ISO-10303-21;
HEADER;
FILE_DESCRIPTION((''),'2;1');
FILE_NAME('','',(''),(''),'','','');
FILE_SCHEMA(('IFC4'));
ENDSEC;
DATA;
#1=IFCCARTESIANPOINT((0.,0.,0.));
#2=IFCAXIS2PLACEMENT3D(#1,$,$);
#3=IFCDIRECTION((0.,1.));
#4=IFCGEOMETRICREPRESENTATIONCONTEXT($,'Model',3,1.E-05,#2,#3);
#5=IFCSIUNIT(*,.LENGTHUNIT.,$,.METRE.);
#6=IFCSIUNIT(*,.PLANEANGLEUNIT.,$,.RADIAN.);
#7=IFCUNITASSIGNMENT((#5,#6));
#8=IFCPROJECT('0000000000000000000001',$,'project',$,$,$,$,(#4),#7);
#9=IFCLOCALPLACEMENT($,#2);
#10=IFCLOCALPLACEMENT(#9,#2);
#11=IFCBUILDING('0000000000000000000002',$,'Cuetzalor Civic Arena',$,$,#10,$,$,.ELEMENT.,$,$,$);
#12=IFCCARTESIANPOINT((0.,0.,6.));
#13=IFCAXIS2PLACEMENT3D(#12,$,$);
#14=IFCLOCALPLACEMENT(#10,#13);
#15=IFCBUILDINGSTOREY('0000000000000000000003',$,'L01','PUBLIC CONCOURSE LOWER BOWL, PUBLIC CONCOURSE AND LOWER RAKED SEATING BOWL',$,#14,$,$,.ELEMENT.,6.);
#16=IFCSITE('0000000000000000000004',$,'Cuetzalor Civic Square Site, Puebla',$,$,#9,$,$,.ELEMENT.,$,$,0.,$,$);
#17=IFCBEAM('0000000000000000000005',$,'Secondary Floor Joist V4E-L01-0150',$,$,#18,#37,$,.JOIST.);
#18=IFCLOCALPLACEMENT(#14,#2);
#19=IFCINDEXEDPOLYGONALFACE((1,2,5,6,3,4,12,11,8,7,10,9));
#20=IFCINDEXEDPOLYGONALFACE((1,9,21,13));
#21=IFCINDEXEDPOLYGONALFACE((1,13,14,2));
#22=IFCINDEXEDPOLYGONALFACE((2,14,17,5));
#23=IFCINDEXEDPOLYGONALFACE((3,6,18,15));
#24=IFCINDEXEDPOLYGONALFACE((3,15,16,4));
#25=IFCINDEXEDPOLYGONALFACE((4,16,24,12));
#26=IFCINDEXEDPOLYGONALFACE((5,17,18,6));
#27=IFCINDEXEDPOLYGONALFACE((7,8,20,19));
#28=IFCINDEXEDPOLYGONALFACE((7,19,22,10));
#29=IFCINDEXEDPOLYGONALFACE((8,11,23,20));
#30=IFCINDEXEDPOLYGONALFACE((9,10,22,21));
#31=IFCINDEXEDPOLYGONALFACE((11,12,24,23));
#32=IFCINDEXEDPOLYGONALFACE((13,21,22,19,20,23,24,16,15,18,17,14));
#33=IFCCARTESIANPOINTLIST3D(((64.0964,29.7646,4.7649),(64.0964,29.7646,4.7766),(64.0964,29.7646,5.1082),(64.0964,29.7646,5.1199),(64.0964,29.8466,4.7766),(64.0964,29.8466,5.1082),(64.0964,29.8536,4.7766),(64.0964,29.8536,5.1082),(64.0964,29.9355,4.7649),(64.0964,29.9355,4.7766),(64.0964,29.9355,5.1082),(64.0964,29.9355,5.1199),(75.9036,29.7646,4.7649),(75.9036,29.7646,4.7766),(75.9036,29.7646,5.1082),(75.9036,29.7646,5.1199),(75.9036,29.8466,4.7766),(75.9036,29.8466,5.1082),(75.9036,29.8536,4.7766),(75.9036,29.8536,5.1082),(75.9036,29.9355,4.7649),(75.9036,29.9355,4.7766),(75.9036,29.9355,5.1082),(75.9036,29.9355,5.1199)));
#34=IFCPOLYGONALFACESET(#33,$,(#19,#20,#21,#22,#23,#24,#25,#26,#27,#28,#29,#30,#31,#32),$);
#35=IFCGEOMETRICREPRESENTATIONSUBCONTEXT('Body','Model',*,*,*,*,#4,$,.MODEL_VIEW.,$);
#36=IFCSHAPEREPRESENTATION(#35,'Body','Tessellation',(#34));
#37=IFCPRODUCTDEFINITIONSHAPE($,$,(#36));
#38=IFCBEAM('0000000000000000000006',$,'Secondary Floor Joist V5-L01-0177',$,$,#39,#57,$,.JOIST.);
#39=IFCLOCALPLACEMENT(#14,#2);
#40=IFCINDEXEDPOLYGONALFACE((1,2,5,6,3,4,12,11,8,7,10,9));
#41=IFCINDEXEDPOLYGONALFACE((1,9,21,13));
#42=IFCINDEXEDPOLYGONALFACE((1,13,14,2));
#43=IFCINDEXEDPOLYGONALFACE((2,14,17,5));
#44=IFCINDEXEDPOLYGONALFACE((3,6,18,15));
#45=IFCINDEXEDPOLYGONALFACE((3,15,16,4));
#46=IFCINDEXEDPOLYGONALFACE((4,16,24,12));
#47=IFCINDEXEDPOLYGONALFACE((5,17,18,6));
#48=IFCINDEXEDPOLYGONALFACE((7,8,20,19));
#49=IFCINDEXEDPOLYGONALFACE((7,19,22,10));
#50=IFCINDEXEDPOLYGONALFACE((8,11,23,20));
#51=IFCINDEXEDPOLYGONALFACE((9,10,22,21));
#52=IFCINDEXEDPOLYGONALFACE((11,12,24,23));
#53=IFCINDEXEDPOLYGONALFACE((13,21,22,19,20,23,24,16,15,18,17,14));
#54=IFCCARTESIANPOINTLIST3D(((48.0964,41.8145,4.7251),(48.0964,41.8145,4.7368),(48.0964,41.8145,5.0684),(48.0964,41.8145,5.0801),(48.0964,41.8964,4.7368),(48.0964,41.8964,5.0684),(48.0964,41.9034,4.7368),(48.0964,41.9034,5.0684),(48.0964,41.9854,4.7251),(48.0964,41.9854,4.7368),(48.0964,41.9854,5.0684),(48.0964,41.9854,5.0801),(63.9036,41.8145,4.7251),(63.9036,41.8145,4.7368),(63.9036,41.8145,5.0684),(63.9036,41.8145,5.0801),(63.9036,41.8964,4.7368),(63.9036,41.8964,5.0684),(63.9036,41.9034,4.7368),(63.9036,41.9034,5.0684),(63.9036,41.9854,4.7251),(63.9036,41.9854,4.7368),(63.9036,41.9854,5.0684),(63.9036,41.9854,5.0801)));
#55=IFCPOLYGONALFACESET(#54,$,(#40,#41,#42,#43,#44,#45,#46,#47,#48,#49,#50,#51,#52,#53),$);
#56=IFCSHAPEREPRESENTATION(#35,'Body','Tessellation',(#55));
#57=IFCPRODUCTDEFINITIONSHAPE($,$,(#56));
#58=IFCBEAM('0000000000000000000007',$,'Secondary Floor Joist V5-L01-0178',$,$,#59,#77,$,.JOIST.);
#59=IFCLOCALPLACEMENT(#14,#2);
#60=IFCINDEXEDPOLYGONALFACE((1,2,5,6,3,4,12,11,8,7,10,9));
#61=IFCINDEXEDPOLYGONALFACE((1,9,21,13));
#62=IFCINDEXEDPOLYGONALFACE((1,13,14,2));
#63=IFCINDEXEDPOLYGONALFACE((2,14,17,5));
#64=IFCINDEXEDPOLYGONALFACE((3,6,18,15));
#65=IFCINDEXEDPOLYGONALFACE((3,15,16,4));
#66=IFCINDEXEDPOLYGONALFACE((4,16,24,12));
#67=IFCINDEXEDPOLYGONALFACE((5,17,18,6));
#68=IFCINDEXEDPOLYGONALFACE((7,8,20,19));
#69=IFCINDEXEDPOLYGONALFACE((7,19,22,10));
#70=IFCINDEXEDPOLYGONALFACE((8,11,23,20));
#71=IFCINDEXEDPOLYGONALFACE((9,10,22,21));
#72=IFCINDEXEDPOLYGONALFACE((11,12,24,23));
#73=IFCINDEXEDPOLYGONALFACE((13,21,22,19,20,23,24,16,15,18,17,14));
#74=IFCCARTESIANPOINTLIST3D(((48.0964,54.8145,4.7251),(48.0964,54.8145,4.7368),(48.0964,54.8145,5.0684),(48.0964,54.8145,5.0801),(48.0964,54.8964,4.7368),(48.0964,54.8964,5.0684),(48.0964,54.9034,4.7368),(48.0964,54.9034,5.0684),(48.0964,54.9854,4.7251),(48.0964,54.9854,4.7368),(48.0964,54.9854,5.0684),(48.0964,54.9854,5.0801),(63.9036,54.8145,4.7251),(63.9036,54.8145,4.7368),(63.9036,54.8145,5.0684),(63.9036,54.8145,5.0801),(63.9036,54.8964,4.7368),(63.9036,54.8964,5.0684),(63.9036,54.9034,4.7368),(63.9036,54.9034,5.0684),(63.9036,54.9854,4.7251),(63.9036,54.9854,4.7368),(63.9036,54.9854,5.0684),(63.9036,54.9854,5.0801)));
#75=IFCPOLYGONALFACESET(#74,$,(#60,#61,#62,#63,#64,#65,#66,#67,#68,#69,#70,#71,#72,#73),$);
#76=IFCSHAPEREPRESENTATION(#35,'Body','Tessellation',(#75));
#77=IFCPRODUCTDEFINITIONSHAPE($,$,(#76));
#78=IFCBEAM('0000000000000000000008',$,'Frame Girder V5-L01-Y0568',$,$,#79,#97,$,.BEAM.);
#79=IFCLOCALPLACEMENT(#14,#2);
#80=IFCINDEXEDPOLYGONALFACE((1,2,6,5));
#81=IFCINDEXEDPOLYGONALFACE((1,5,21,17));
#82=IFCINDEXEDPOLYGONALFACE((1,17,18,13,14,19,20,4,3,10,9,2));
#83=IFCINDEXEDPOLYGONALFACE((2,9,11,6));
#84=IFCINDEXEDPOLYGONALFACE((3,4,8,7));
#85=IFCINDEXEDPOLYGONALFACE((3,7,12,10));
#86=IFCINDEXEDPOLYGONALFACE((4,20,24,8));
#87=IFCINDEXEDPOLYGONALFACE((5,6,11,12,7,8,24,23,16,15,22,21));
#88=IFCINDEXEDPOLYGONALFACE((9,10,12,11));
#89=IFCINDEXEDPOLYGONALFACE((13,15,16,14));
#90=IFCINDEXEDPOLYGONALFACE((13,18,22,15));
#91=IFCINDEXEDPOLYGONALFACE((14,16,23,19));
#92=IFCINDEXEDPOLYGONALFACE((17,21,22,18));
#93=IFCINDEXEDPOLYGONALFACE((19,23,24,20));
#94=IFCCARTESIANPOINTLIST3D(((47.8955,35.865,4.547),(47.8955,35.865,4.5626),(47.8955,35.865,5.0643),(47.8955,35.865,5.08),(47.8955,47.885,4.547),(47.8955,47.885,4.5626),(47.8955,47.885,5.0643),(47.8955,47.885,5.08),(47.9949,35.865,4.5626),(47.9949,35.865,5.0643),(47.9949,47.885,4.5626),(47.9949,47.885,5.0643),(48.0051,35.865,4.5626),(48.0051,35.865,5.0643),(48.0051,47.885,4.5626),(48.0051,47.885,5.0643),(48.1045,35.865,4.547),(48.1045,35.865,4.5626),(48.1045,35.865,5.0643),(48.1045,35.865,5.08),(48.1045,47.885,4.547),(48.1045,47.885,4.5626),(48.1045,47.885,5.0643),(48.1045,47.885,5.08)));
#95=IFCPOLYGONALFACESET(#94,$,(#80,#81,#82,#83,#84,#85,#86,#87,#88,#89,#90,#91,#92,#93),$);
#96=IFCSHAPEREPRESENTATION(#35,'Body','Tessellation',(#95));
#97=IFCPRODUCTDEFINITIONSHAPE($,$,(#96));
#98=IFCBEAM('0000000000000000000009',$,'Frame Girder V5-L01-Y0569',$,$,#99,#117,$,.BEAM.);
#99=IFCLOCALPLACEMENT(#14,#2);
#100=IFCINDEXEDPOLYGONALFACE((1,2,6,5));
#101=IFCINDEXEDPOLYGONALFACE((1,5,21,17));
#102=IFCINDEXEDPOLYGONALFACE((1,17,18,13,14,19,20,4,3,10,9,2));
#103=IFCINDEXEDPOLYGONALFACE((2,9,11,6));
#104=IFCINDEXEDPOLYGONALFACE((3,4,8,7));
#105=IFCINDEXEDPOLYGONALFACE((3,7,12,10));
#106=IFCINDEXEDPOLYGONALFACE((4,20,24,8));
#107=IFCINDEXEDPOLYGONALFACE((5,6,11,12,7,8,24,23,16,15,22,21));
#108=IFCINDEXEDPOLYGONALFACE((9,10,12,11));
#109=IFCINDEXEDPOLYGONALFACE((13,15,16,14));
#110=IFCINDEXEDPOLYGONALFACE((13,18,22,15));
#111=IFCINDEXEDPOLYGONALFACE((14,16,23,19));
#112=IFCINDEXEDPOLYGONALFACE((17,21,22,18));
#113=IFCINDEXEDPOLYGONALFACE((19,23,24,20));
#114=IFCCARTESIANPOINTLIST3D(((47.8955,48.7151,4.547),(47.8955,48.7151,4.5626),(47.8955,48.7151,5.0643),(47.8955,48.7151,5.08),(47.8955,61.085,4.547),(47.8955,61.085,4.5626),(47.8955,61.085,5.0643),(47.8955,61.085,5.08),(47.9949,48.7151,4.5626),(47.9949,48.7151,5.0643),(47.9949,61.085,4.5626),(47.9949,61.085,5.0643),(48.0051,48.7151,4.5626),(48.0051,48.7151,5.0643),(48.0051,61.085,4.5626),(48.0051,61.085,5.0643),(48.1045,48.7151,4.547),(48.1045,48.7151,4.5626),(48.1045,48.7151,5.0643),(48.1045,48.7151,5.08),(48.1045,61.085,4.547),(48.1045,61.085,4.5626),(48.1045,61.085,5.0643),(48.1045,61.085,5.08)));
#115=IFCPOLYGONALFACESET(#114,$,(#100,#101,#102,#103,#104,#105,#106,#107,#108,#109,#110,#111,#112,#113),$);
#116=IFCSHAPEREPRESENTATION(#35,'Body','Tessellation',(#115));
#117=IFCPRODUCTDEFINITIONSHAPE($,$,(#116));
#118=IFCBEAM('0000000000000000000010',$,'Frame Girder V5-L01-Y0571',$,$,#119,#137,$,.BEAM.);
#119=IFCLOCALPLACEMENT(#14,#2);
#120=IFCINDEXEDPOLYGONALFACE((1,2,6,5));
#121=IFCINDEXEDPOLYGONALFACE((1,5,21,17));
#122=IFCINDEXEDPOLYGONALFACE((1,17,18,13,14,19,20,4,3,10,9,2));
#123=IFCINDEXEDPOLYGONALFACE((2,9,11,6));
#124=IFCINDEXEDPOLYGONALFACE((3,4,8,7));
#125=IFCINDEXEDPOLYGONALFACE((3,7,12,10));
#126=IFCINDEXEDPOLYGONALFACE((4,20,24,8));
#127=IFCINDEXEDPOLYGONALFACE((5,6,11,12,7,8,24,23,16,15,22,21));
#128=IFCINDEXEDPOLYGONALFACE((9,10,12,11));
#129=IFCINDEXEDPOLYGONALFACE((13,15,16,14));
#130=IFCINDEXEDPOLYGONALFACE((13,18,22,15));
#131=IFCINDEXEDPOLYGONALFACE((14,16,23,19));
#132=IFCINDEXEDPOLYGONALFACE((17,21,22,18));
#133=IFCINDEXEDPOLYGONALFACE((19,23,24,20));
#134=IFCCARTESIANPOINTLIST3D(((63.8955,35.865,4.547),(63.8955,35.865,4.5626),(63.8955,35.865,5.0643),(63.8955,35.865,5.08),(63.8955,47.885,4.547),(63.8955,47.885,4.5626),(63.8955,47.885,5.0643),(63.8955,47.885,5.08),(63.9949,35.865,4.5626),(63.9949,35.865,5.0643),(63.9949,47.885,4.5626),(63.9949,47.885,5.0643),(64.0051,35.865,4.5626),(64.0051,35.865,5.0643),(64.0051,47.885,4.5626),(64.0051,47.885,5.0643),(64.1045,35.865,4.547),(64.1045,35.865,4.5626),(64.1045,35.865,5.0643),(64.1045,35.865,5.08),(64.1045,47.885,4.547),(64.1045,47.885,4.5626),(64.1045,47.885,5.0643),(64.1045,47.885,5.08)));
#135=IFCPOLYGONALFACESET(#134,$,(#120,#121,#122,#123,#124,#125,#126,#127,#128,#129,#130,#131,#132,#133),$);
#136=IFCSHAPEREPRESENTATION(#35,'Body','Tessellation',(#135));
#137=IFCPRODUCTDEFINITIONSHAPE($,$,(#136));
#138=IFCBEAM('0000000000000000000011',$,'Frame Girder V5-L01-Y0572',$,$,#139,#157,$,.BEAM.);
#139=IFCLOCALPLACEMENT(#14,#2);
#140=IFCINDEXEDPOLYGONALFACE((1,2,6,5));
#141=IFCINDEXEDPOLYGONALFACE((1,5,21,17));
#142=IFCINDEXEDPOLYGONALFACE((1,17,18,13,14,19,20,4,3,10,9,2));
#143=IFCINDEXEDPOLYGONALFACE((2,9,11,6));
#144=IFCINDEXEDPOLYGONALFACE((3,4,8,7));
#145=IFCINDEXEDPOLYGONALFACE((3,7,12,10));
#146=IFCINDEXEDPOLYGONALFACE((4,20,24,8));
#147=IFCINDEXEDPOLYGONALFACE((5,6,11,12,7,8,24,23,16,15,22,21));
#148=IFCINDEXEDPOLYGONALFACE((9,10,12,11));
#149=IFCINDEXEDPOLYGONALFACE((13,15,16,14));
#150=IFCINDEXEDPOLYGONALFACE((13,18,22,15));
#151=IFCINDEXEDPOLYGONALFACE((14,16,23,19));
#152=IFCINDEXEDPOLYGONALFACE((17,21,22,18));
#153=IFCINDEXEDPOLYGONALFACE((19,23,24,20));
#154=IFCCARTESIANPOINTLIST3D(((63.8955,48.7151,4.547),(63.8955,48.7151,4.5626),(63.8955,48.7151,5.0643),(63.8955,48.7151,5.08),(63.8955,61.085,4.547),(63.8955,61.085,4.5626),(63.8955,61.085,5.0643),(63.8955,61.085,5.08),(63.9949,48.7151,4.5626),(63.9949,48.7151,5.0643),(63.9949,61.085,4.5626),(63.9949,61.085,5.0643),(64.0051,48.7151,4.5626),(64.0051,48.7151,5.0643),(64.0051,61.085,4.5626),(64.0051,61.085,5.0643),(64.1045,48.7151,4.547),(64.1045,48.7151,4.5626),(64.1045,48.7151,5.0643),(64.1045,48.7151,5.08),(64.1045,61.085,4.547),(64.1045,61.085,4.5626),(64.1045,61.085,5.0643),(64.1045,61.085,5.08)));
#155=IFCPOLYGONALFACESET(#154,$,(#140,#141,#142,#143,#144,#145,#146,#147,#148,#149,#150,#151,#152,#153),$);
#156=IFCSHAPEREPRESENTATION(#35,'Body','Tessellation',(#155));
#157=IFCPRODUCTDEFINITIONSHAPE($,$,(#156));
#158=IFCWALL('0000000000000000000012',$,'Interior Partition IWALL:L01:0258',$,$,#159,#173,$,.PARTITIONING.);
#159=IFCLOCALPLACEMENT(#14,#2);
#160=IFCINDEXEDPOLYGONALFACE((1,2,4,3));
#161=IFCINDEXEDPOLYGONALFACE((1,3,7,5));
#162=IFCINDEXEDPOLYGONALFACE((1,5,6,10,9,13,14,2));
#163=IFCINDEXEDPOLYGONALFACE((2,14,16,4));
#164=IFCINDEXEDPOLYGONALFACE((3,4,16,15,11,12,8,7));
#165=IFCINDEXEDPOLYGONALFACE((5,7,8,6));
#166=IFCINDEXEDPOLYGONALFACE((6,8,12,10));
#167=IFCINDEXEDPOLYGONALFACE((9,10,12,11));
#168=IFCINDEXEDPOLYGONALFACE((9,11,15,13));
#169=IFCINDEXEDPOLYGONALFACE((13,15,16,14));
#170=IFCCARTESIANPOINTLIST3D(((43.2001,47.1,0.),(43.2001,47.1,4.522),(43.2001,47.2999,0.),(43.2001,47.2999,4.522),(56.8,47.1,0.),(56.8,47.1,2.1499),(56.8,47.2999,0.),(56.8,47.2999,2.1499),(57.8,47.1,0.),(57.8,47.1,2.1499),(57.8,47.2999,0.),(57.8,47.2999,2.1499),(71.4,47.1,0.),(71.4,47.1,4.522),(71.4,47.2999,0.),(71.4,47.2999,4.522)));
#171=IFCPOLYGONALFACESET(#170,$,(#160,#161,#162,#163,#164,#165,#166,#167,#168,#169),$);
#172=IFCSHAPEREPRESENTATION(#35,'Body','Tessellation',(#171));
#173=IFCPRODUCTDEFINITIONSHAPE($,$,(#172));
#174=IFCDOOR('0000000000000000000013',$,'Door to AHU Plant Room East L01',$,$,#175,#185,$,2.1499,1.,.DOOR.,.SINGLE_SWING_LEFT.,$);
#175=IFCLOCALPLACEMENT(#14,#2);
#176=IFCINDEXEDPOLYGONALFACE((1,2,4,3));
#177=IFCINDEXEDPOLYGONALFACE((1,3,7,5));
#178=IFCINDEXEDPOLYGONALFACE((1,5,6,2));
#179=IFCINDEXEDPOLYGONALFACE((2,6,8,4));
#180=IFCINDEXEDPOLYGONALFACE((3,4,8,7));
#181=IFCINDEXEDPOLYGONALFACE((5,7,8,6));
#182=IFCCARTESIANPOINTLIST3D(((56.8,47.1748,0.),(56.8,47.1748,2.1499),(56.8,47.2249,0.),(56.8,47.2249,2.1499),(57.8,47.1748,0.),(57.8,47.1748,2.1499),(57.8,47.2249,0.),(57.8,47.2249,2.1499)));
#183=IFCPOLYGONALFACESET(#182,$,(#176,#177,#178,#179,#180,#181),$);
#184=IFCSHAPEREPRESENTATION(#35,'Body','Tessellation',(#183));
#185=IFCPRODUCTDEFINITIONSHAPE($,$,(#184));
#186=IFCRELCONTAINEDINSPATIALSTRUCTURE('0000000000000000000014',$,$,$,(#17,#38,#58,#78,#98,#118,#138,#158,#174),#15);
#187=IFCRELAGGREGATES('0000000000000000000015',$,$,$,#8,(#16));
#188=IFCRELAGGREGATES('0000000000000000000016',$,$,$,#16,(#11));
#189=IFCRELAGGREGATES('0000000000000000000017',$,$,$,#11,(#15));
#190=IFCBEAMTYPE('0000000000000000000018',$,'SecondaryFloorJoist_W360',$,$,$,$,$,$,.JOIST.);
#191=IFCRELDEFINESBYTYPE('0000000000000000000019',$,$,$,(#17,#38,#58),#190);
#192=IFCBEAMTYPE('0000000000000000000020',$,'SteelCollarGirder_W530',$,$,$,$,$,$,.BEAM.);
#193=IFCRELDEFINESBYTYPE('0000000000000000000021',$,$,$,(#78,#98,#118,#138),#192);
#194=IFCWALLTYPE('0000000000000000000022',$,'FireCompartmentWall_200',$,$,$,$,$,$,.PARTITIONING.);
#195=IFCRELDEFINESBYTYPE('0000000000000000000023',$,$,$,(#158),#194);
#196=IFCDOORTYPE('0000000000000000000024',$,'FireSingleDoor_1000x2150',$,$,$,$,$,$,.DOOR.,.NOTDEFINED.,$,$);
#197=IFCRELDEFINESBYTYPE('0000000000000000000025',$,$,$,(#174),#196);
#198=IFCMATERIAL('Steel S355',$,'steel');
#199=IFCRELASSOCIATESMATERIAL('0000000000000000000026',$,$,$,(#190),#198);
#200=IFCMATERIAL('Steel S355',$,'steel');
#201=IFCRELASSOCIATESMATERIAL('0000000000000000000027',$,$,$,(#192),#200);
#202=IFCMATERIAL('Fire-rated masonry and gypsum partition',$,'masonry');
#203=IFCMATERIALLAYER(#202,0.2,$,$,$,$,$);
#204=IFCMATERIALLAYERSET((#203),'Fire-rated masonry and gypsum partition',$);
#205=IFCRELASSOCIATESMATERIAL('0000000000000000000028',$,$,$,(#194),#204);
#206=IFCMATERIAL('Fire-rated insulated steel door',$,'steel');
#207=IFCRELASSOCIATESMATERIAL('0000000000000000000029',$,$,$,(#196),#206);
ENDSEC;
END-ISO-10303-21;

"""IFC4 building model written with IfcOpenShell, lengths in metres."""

from ifc_helpers import new_model, si_unit, direction, frame, frame_2d, origin, origin_2d, place, context, subcontext, project, spatial, rectangle, i_section, extrude, material, layer, layer_set, material_profile, profile_set, type_object, element, fill, save


model = new_model("IFC4")

# Units and contexts
model_context = context("Model", 3, precision=1e-05, world=origin(), true_north=direction((0.0, 1.0)))
body_context = subcontext(model_context, "Body", "Model", "MODEL_VIEW")
ifc_project = project(units=[si_unit("LENGTHUNIT", "METRE"), si_unit("PLANEANGLEUNIT", "RADIAN")], contexts=[model_context])

# Site, building, storey
site_placement = place(None, origin())
site = spatial("IfcSite", under=ifc_project, at=site_placement, Name="Cuetzalor Civic Square Site, Puebla", CompositionType="ELEMENT", RefElevation=0.0)
building_placement = place(site_placement, origin())
building = spatial("IfcBuilding", under=site, at=building_placement, Name="Cuetzalor Civic Arena", CompositionType="ELEMENT")
storey_placement = place(building_placement, frame((0.0, 0.0, 6.0)))
storey = spatial("IfcBuildingStorey", under=building, at=storey_placement, Name="L01", Description="PUBLIC CONCOURSE LOWER BOWL, PUBLIC CONCOURSE AND LOWER RAKED SEATING BOWL", CompositionType="ELEMENT", Elevation=6.0)

# Beams
ifc_material_1 = material(Name="Steel S355", Category="steel")
ifc_material_profile_1 = material_profile(ifc_material_1, i_section(OverallWidth=0.1709, OverallDepth=0.355, WebThickness=0.0071, FlangeThickness=0.0117, at=origin_2d()), Name="W360x51")
ifc_profile_set_1 = profile_set([ifc_material_profile_1], Name="Steel S355")
beam_type_1 = type_object("IfcBeamType", Name="SecondaryFloorJoist_W360", PredefinedType="JOIST", material=ifc_profile_set_1)
beam_1_placement = place(storey_placement, frame((64.0964, 29.8501, 4.9424), z_axis=(1.0, 0.0, 0.0), x_axis=(0.0, 1.0, 0.0)))
element("IfcBeam", 1, at=beam_1_placement, inside=storey, type_object=beam_type_1, Name="Secondary Floor Joist V4E-L01-0150", PredefinedType="JOIST", context=body_context, shape_type="SweptSolid", body=[
    extrude(i_section(OverallWidth=0.1709, OverallDepth=0.355, WebThickness=0.0071, FlangeThickness=0.0117, at=origin_2d()), origin(), (0.0, 0.0, 1.0), 11.8071),
])
for number, where, z_axis, x_axis, name in (
    (2, (48.0964, 41.8999, 4.9026), (1.0, 0.0, 0.0), (0.0, 1.0, 0.0), "Secondary Floor Joist V5-L01-0177"),
    (3, (48.0964, 54.8999, 4.9026), (1.0, 0.0, 0.0), (0.0, 1.0, 0.0), "Secondary Floor Joist V5-L01-0178"),
):
    element("IfcBeam", number, at=place(storey_placement, frame(where, z_axis=z_axis, x_axis=x_axis)), inside=storey, type_object=beam_type_1, Name=name, PredefinedType="JOIST", context=body_context, shape_type="SweptSolid", body=[
        extrude(i_section(OverallWidth=0.1709, OverallDepth=0.355, WebThickness=0.0071, FlangeThickness=0.0117, at=origin_2d()), origin(), (0.0, 0.0, 1.0), 15.8071),
    ])
ifc_material_2 = material(Name="Steel S355", Category="steel")
ifc_material_profile_2 = material_profile(ifc_material_2, i_section(OverallWidth=0.209, OverallDepth=0.533, WebThickness=0.0103, FlangeThickness=0.0156, at=origin_2d()), Name="W530x92")
ifc_profile_set_2 = profile_set([ifc_material_profile_2], Name="Steel S355")
beam_type_2 = type_object("IfcBeamType", Name="SteelCollarGirder_W530", PredefinedType="BEAM", material=ifc_profile_set_2)
beam_2_placement = place(storey_placement, frame((48.0, 35.865, 4.8135), z_axis=(0.0, 1.0, 0.0), x_axis=(-1.0, 0.0, 0.0)))
element("IfcBeam", 4, at=beam_2_placement, inside=storey, type_object=beam_type_2, Name="Frame Girder V5-L01-Y0568", PredefinedType="BEAM", context=body_context, shape_type="SweptSolid", body=[
    extrude(i_section(OverallWidth=0.209, OverallDepth=0.533, WebThickness=0.0103, FlangeThickness=0.0156, at=origin_2d()), origin(), (0.0, 0.0, 1.0), 12.02),
])
beam_3_placement = place(storey_placement, frame((48.0, 48.7151, 4.8135), z_axis=(0.0, 1.0, 0.0), x_axis=(-1.0, 0.0, 0.0)))
element("IfcBeam", 5, at=beam_3_placement, inside=storey, type_object=beam_type_2, Name="Frame Girder V5-L01-Y0569", PredefinedType="BEAM", context=body_context, shape_type="SweptSolid", body=[
    extrude(i_section(OverallWidth=0.209, OverallDepth=0.533, WebThickness=0.0103, FlangeThickness=0.0156, at=origin_2d()), origin(), (0.0, 0.0, 1.0), 12.3699),
])
beam_4_placement = place(storey_placement, frame((64.0, 35.865, 4.8135), z_axis=(0.0, 1.0, 0.0), x_axis=(-1.0, 0.0, 0.0)))
element("IfcBeam", 6, at=beam_4_placement, inside=storey, type_object=beam_type_2, Name="Frame Girder V5-L01-Y0571", PredefinedType="BEAM", context=body_context, shape_type="SweptSolid", body=[
    extrude(i_section(OverallWidth=0.209, OverallDepth=0.533, WebThickness=0.0103, FlangeThickness=0.0156, at=origin_2d()), origin(), (0.0, 0.0, 1.0), 12.02),
])
beam_5_placement = place(storey_placement, frame((64.0, 48.7151, 4.8135), z_axis=(0.0, 1.0, 0.0), x_axis=(-1.0, 0.0, 0.0)))
element("IfcBeam", 7, at=beam_5_placement, inside=storey, type_object=beam_type_2, Name="Frame Girder V5-L01-Y0572", PredefinedType="BEAM", context=body_context, shape_type="SweptSolid", body=[
    extrude(i_section(OverallWidth=0.209, OverallDepth=0.533, WebThickness=0.0103, FlangeThickness=0.0156, at=origin_2d()), origin(), (0.0, 0.0, 1.0), 12.3699),
])

# Wall, opening, door
ifc_material_3 = material(Name="Fire-rated masonry and gypsum partition", Category="masonry")
ifc_layer_1 = layer(ifc_material_3, 0.2)
ifc_layer_set_1 = layer_set([ifc_layer_1], Name="Fire-rated masonry and gypsum partition")
wall_type = type_object("IfcWallType", Name="FireCompartmentWall_200", PredefinedType="PARTITIONING", material=ifc_layer_set_1)
wall_1_placement = place(storey_placement, frame((43.2, 47.2, 0.0), z_axis=(0.0, 0.0, 1.0), x_axis=(1.0, 0.0, 0.0)))
wall_1 = element("IfcWall", 8, at=wall_1_placement, inside=storey, type_object=wall_type, Name="Interior Partition IWALL:L01:0258", PredefinedType="PARTITIONING", context=body_context, shape_type="SweptSolid", body=[
    extrude(rectangle(XDim=28.2, YDim=0.2, at=frame_2d((14.1001, 0.0))), origin(), (0.0, 0.0, 1.0), 4.522),
])
opening_placement = place(wall_1_placement, frame((13.6001, 0.0, 0.0)))
opening = element("IfcOpeningElement", 9, at=opening_placement, cuts=wall_1, PredefinedType="OPENING", context=body_context, shape_type="SweptSolid", body=[
    extrude(rectangle(XDim=1.0, YDim=2.1499, at=frame_2d((0.5, 1.075))), frame((0.0, 0.1099, 0.0), z_axis=(0.0, -1.0, 0.0), x_axis=(1.0, 0.0, 0.0)), (0.0, 0.0, 1.0), 0.22),
])
ifc_material_4 = material(Name="Fire-rated insulated steel door", Category="steel")
door_type = type_object("IfcDoorType", Name="FireSingleDoor_1000x2150", OperationType="NOTDEFINED", PredefinedType="DOOR", material=ifc_material_4)
door_placement = place(opening_placement, origin())
door = element("IfcDoor", 10, at=door_placement, inside=storey, type_object=door_type, Name="Door to AHU Plant Room East L01", OperationType="SINGLE_SWING_LEFT", OverallHeight=2.1499, OverallWidth=1.0, PredefinedType="DOOR", context=body_context, shape_type="SweptSolid", body=[
    extrude(rectangle(XDim=1.0, YDim=2.1499, at=frame_2d((0.5, 1.075))), frame((0.0, 0.0249, 0.0), z_axis=(0.0, -1.0, 0.0), x_axis=(1.0, 0.0, 0.0)), (0.0, 0.0, 1.0), 0.05),
])
fill(opening, door)

save(model, "model.ifc")
